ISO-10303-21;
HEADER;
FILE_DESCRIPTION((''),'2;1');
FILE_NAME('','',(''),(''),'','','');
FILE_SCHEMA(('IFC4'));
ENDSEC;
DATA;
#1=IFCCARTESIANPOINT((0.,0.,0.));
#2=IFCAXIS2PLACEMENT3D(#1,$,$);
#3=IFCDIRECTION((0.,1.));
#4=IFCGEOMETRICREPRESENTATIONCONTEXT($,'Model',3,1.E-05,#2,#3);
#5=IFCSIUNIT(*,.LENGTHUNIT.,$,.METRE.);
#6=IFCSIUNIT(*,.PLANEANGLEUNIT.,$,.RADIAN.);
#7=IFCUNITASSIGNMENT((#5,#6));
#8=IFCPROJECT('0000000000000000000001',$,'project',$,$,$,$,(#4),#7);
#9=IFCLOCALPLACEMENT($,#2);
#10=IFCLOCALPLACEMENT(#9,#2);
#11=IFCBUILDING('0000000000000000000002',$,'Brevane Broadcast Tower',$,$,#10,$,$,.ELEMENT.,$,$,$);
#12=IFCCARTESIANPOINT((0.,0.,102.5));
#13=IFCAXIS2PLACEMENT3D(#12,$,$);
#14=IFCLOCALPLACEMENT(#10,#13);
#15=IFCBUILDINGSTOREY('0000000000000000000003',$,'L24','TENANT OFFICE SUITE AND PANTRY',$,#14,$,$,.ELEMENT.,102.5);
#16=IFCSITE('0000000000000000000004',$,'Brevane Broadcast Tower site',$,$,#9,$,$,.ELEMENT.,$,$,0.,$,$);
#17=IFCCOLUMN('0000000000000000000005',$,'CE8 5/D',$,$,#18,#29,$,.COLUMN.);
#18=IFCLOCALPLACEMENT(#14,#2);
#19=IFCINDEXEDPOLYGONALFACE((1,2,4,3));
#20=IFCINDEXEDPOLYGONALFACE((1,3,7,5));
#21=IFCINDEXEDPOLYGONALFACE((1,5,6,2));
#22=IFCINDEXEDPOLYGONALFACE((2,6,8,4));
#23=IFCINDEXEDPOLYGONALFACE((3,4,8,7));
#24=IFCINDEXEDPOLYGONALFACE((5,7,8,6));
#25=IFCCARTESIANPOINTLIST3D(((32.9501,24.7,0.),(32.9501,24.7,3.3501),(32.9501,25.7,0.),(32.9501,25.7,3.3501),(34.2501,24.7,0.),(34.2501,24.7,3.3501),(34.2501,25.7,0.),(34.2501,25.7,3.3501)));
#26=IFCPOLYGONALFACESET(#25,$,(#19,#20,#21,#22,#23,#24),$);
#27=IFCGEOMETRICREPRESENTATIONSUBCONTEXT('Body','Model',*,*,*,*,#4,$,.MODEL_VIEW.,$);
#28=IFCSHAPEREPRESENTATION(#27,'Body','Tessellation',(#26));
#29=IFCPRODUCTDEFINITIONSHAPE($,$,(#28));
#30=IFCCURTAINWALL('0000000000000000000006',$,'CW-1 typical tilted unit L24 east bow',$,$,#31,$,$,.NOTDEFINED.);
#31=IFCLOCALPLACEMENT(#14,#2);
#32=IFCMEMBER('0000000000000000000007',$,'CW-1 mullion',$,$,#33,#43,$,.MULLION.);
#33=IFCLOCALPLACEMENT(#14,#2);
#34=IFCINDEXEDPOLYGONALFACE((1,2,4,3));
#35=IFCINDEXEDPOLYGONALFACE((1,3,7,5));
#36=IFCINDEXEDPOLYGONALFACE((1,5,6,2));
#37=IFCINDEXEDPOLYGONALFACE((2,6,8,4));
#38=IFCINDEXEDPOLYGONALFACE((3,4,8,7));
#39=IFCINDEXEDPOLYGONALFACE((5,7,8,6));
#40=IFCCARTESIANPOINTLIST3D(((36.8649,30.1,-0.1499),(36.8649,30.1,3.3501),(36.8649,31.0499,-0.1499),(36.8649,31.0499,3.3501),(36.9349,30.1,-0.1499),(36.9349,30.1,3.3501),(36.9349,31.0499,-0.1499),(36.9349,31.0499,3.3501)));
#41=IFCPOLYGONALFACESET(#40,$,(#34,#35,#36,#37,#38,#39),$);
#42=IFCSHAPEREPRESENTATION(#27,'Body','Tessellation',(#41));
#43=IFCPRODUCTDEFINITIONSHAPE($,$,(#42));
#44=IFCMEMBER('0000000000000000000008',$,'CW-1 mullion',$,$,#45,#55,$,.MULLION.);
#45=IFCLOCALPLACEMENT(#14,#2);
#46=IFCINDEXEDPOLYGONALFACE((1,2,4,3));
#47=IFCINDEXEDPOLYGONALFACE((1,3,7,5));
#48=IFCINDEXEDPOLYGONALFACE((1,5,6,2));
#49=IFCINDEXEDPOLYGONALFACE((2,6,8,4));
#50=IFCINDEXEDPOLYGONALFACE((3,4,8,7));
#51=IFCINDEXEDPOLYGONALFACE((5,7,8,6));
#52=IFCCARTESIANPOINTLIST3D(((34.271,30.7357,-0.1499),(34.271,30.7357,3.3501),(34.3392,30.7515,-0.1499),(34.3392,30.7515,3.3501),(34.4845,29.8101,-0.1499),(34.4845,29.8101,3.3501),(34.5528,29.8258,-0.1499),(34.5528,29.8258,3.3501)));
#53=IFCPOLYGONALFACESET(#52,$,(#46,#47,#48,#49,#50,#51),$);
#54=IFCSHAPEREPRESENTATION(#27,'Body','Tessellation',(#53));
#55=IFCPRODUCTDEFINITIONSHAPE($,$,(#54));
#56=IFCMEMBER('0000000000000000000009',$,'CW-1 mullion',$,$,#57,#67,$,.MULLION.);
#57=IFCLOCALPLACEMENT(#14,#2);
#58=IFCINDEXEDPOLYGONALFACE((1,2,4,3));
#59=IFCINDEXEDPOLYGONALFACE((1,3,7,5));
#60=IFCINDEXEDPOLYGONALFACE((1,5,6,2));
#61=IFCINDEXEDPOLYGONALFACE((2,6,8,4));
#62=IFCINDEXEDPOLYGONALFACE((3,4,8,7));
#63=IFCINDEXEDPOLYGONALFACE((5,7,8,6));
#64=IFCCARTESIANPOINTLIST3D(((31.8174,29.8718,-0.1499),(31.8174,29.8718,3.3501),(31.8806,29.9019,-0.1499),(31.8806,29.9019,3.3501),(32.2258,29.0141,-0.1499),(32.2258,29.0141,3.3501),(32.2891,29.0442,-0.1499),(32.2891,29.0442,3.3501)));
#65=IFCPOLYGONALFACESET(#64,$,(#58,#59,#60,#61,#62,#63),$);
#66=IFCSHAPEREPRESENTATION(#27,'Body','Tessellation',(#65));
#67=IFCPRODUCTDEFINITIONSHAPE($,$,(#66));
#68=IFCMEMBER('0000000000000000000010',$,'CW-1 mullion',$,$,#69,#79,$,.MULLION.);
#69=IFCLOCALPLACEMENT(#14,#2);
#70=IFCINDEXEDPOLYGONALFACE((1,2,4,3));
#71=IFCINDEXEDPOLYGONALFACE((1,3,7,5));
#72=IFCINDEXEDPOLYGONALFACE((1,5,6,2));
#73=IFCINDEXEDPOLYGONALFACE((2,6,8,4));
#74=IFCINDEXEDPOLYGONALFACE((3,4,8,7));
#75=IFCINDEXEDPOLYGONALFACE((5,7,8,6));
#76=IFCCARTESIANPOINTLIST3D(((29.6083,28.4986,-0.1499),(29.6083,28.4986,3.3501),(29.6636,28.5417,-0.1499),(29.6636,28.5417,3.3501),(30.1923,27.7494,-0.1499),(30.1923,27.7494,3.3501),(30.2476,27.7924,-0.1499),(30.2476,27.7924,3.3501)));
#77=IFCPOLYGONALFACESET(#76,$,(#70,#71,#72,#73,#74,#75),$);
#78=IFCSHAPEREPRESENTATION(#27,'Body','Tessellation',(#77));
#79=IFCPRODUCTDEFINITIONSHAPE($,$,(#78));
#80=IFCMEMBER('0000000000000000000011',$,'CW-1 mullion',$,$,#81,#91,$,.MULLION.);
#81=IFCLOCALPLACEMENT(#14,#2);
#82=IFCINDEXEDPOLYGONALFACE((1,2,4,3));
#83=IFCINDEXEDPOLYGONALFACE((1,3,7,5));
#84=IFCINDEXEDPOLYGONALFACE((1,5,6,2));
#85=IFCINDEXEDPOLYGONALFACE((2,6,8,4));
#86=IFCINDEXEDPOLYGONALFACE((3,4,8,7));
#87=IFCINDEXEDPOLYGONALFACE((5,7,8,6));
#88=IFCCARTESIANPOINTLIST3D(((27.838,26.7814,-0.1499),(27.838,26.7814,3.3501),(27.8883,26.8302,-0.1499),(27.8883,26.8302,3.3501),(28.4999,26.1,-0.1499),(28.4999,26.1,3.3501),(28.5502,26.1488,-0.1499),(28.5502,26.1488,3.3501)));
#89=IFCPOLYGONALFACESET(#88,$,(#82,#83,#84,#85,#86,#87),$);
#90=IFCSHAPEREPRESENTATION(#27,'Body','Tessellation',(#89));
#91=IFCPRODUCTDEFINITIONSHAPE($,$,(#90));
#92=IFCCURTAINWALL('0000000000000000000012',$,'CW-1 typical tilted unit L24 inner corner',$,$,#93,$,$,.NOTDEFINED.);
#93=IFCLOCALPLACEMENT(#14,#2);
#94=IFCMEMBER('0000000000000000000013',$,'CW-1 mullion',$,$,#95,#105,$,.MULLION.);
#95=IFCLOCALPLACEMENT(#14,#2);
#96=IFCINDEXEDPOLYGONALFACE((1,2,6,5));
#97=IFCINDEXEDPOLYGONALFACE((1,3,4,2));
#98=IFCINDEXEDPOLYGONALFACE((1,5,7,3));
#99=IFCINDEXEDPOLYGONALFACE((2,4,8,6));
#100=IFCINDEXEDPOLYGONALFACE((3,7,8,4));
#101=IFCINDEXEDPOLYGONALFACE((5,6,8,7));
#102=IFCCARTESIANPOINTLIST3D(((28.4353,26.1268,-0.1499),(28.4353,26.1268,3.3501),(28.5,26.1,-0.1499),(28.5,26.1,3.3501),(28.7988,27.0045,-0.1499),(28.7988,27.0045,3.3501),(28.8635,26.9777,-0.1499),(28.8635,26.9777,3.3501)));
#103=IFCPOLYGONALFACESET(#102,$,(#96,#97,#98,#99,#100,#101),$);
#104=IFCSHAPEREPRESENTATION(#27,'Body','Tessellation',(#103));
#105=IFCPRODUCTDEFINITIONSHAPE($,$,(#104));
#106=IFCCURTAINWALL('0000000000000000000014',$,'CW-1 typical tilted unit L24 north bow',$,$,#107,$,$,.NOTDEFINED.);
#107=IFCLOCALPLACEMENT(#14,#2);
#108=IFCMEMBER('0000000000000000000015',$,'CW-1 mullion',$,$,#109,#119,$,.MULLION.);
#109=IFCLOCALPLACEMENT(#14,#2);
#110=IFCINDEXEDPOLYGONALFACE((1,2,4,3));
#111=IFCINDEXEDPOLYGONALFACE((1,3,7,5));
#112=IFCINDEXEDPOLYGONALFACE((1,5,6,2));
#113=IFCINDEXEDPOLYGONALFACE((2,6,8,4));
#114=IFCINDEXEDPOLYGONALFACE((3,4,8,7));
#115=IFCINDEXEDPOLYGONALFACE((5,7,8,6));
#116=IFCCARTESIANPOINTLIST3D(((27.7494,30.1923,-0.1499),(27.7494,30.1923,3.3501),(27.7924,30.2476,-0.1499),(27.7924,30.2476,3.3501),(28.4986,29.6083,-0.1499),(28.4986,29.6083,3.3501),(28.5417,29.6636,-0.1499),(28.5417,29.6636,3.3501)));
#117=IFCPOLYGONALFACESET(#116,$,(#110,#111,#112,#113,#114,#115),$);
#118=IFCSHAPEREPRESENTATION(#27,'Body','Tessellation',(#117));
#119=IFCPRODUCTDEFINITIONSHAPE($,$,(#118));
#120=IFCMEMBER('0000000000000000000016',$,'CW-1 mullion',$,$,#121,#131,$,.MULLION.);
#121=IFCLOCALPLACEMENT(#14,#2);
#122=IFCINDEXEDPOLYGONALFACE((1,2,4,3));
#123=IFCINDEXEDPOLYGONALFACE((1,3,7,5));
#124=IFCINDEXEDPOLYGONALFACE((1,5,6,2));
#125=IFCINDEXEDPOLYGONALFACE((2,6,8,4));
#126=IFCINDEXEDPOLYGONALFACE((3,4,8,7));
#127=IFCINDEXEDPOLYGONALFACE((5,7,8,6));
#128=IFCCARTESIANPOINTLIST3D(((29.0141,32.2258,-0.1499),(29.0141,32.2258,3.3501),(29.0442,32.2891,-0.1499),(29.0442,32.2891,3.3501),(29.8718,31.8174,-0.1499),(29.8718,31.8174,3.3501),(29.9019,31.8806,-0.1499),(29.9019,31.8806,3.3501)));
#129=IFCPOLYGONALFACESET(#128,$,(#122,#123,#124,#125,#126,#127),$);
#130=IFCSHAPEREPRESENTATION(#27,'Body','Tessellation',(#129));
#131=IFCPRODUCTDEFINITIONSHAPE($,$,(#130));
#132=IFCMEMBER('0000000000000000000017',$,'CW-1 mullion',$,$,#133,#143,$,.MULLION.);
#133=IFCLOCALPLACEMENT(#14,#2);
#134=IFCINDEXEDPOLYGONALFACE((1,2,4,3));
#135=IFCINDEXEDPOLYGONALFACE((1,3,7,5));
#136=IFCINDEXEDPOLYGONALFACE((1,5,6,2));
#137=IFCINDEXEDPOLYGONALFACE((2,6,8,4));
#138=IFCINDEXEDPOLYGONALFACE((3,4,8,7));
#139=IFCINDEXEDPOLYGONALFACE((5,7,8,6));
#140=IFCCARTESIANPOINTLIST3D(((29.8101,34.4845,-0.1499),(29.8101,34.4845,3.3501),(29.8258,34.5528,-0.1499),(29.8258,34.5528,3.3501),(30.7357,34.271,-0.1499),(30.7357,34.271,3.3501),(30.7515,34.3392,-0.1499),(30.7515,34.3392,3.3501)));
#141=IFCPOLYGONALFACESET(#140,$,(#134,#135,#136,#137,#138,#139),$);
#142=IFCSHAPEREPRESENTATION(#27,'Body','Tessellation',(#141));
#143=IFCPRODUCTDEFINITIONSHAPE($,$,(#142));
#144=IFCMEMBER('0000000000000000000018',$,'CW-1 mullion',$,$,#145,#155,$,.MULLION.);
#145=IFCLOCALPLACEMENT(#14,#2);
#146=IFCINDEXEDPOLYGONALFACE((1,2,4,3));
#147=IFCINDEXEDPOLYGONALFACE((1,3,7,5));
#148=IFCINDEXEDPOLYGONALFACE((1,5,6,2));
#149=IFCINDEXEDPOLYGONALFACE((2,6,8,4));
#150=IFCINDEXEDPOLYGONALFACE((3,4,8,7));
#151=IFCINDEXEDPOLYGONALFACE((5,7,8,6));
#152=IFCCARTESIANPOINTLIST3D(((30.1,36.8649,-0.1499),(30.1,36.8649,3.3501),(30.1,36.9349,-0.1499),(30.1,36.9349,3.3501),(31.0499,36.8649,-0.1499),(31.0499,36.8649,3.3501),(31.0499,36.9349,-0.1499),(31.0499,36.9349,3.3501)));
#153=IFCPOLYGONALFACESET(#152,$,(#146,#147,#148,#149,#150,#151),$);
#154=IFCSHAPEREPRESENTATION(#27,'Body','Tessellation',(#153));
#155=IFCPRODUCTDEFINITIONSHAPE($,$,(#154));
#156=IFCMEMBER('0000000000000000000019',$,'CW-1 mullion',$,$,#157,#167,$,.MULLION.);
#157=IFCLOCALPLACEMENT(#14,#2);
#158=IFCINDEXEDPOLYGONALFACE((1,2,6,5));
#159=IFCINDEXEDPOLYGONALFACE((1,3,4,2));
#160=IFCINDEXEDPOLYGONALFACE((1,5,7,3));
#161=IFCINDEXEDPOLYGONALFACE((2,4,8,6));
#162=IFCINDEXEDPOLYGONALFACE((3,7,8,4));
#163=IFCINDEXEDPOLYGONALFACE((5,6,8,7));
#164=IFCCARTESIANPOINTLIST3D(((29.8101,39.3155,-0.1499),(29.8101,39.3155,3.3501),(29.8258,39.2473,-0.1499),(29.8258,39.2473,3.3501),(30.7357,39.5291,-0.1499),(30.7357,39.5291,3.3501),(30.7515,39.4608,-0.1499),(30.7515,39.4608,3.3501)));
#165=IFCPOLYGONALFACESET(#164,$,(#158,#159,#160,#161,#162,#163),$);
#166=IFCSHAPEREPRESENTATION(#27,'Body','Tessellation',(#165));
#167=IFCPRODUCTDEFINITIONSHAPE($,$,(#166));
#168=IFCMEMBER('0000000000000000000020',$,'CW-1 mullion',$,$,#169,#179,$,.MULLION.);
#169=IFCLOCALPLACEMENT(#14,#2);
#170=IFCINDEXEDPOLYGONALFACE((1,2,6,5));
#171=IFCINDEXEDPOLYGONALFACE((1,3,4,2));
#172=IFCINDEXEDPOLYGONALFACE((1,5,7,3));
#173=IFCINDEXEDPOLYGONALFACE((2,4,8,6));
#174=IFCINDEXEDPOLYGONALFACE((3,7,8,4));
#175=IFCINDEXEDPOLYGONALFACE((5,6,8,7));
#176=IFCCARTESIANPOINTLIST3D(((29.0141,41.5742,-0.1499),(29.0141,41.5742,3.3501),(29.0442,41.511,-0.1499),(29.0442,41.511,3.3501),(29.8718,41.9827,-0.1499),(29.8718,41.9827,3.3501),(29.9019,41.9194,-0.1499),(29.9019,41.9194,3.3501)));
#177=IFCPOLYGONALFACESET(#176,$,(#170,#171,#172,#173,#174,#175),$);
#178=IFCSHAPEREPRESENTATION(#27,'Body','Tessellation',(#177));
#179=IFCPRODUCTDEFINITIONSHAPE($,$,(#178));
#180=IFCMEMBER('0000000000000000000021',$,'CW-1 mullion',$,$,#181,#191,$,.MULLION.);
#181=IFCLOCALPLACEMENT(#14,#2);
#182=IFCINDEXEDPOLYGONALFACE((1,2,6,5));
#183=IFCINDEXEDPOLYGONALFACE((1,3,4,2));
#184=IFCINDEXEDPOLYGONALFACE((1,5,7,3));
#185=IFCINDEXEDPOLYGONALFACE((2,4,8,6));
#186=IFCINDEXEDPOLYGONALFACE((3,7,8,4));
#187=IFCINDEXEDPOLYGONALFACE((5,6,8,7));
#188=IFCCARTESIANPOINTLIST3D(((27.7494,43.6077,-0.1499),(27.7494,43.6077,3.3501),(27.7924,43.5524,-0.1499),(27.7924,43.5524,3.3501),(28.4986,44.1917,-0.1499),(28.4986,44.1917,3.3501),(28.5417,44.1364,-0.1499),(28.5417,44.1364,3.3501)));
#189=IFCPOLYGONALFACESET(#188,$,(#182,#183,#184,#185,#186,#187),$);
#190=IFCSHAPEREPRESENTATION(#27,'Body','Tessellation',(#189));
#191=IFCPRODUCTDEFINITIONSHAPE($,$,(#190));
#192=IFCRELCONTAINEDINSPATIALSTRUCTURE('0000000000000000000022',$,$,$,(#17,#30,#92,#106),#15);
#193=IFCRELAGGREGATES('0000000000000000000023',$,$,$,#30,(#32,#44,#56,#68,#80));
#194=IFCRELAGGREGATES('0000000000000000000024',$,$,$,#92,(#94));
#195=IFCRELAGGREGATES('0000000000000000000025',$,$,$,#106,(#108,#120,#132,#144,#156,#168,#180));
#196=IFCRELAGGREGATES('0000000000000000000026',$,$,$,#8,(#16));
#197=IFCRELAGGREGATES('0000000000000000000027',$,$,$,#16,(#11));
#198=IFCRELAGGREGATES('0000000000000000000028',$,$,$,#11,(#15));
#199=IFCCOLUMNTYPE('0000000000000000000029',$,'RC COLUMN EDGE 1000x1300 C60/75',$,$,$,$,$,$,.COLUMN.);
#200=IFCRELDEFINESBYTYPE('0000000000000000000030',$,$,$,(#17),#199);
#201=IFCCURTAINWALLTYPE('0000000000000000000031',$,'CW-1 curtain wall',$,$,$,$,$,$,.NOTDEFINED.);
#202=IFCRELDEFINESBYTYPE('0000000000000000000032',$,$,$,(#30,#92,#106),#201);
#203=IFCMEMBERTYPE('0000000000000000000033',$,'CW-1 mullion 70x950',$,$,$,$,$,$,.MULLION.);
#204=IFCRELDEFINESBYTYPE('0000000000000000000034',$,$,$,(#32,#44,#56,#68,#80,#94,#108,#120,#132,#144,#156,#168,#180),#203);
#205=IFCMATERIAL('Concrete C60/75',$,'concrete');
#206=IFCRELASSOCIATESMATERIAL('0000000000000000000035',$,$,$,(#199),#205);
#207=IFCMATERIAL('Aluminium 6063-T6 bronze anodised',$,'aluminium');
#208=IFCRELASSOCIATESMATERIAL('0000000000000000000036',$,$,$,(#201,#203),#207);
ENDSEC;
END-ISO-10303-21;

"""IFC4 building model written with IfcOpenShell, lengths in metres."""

from ifc_helpers import new_model, si_unit, direction, frame, origin, origin_2d, place, context, subcontext, project, spatial, rectangle, extrude, material, material_profile, profile_set, type_object, element, aggregate, save


model = new_model("IFC4")

# Units and contexts
model_context = context("Model", 3, precision=1e-05, world=origin(), true_north=direction((0.0, 1.0)))
body_context = subcontext(model_context, "Body", "Model", "MODEL_VIEW")
ifc_project = project(units=[si_unit("LENGTHUNIT", "METRE"), si_unit("PLANEANGLEUNIT", "RADIAN")], contexts=[model_context])

# Site, building, storey
site_placement = place(None, origin())
site = spatial("IfcSite", under=ifc_project, at=site_placement, Name="Brevane Broadcast Tower site", CompositionType="ELEMENT", RefElevation=0.0)
building_placement = place(site_placement, origin())
building = spatial("IfcBuilding", under=site, at=building_placement, Name="Brevane Broadcast Tower", CompositionType="ELEMENT")
storey_placement = place(building_placement, frame((0.0, 0.0, 102.5)))
storey = spatial("IfcBuildingStorey", under=building, at=storey_placement, Name="L24", Description="TENANT OFFICE SUITE AND PANTRY", CompositionType="ELEMENT", Elevation=102.5)

# Column
ifc_material_1 = material(Name="Concrete C60/75", Category="concrete")
ifc_material_profile_1 = material_profile(ifc_material_1, rectangle(XDim=1.0, YDim=1.3, at=origin_2d()), Name="RC 1000x1300")
ifc_profile_set_1 = profile_set([ifc_material_profile_1], Name="Concrete C60/75")
column_type = type_object("IfcColumnType", Name="RC COLUMN EDGE 1000x1300 C60/75", PredefinedType="COLUMN", material=ifc_profile_set_1)
column_placement = place(storey_placement, frame((33.6001, 25.2, 0.0), z_axis=(0.0, 0.0, 1.0), x_axis=(0.0, 1.0, 0.0)))
element("IfcColumn", 1, at=column_placement, inside=storey, type_object=column_type, Name="CE8 5/D", PredefinedType="COLUMN", context=body_context, shape_type="SweptSolid", body=[
    extrude(rectangle(XDim=1.0, YDim=1.3, at=origin_2d()), origin(), (0.0, 0.0, 1.0), 3.3501),
])

# Curtain wall, members
ifc_material_2 = material(Name="Aluminium 6063-T6 bronze anodised", Category="aluminium")
curtain_wall_type = type_object("IfcCurtainWallType", Name="CW-1 curtain wall", PredefinedType="NOTDEFINED", material=ifc_material_2)
curtain_wall_1_placement = place(storey_placement, origin())
curtain_wall_1 = element("IfcCurtainWall", 2, at=curtain_wall_1_placement, inside=storey, type_object=curtain_wall_type, Name="CW-1 typical tilted unit L24 east bow", PredefinedType="NOTDEFINED")
ifc_material_profile_2 = material_profile(ifc_material_2, rectangle(XDim=0.95, YDim=0.0701, at=origin_2d()), Name="RECT 70x950")
ifc_profile_set_2 = profile_set([ifc_material_profile_2], Name="Aluminium 6063-T6 bronze anodised")
member_type_1 = type_object("IfcMemberType", Name="CW-1 mullion 70x950", PredefinedType="MULLION", material=ifc_profile_set_2)
member_1_placement = place(storey_placement, frame((36.8999, 30.575, -0.1499), z_axis=(0.0, 0.0, 1.0), x_axis=(0.0, -1.0, 0.0)))
member_1 = element("IfcMember", 3, at=member_1_placement, type_object=member_type_1, Name="CW-1 mullion", PredefinedType="MULLION", context=body_context, shape_type="SweptSolid", body=[
    extrude(rectangle(XDim=0.95, YDim=0.0701, at=origin_2d()), origin(), (0.0, 0.0, 1.0), 3.5),
])
member_2_placement = place(storey_placement, frame((34.4119, 30.2808, -0.1499), z_axis=(0.0, 0.0, 1.0), x_axis=(0.224806, -0.974403, 0.0)))
member_2 = element("IfcMember", 4, at=member_2_placement, type_object=member_type_1, Name="CW-1 mullion", PredefinedType="MULLION", context=body_context, shape_type="SweptSolid", body=[
    extrude(rectangle(XDim=0.95, YDim=0.0701, at=origin_2d()), origin(), (0.0, 0.0, 1.0), 3.5),
])
member_3_placement = place(storey_placement, frame((32.0532, 29.458, -0.1499), z_axis=(0.0, 0.0, 1.0), x_axis=(0.429934, -0.902861, 0.0)))
member_3 = element("IfcMember", 5, at=member_3_placement, type_object=member_type_1, Name="CW-1 mullion", PredefinedType="MULLION", context=body_context, shape_type="SweptSolid", body=[
    extrude(rectangle(XDim=0.95, YDim=0.0701, at=origin_2d()), origin(), (0.0, 0.0, 1.0), 3.5),
])
member_4_placement = place(storey_placement, frame((29.928, 28.1455, -0.1499), z_axis=(0.0, 0.0, 1.0), x_axis=(0.61477, -0.788707, 0.0)))
member_4 = element("IfcMember", 6, at=member_4_placement, type_object=member_type_1, Name="CW-1 mullion", PredefinedType="MULLION", context=body_context, shape_type="SweptSolid", body=[
    extrude(rectangle(XDim=0.95, YDim=0.0701, at=origin_2d()), origin(), (0.0, 0.0, 1.0), 3.5),
])
member_5_placement = place(storey_placement, frame((28.1941, 26.4651, -0.1499), z_axis=(0.0, 0.0, 1.0), x_axis=(0.696812, -0.717254, 0.0)))
member_5 = element("IfcMember", 7, at=member_5_placement, type_object=member_type_1, Name="CW-1 mullion", PredefinedType="MULLION", context=body_context, shape_type="SweptSolid", body=[
    extrude(rectangle(XDim=0.95, YDim=0.0701, at=origin_2d()), origin(), (0.0, 0.0, 1.0), 3.5),
])

# Curtain wall, member
curtain_wall_2_placement = place(storey_placement, origin())
curtain_wall_2 = element("IfcCurtainWall", 8, at=curtain_wall_2_placement, inside=storey, type_object=curtain_wall_type, Name="CW-1 typical tilted unit L24 inner corner", PredefinedType="NOTDEFINED")
member_6_placement = place(storey_placement, frame((28.6494, 26.5522, -0.1499), z_axis=(0.0, 0.0, 1.0), x_axis=(-0.382684, -0.923879, 0.0)))
member_6 = element("IfcMember", 9, at=member_6_placement, type_object=member_type_1, Name="CW-1 mullion", PredefinedType="MULLION", context=body_context, shape_type="SweptSolid", body=[
    extrude(rectangle(XDim=0.95, YDim=0.0701, at=origin_2d()), origin(), (0.0, 0.0, 1.0), 3.5),
])

# Curtain wall, members
curtain_wall_3_placement = place(storey_placement, origin())
curtain_wall_3 = element("IfcCurtainWall", 10, at=curtain_wall_3_placement, inside=storey, type_object=curtain_wall_type, Name="CW-1 typical tilted unit L24 north bow", PredefinedType="NOTDEFINED")
member_7_placement = place(storey_placement, frame((28.1455, 29.928, -0.1499), z_axis=(0.0, 0.0, 1.0), x_axis=(-0.788707, 0.61477, 0.0)))
member_7 = element("IfcMember", 11, at=member_7_placement, type_object=member_type_1, Name="CW-1 mullion", PredefinedType="MULLION", context=body_context, shape_type="SweptSolid", body=[
    extrude(rectangle(XDim=0.95, YDim=0.0701, at=origin_2d()), origin(), (0.0, 0.0, 1.0), 3.5),
])
member_8_placement = place(storey_placement, frame((29.458, 32.0532, -0.1499), z_axis=(0.0, 0.0, 1.0), x_axis=(-0.902861, 0.429934, 0.0)))
member_8 = element("IfcMember", 12, at=member_8_placement, type_object=member_type_1, Name="CW-1 mullion", PredefinedType="MULLION", context=body_context, shape_type="SweptSolid", body=[
    extrude(rectangle(XDim=0.95, YDim=0.0701, at=origin_2d()), origin(), (0.0, 0.0, 1.0), 3.5),
])
member_9_placement = place(storey_placement, frame((30.2808, 34.4119, -0.1499), z_axis=(0.0, 0.0, 1.0), x_axis=(-0.974403, 0.224806, 0.0)))
member_9 = element("IfcMember", 13, at=member_9_placement, type_object=member_type_1, Name="CW-1 mullion", PredefinedType="MULLION", context=body_context, shape_type="SweptSolid", body=[
    extrude(rectangle(XDim=0.95, YDim=0.0701, at=origin_2d()), origin(), (0.0, 0.0, 1.0), 3.5),
])
member_10_placement = place(storey_placement, frame((30.575, 36.8999, -0.1499), z_axis=(0.0, 0.0, 1.0), x_axis=(-1.0, 0.0, 0.0)))
member_10 = element("IfcMember", 14, at=member_10_placement, type_object=member_type_1, Name="CW-1 mullion", PredefinedType="MULLION", context=body_context, shape_type="SweptSolid", body=[
    extrude(rectangle(XDim=0.95, YDim=0.0701, at=origin_2d()), origin(), (0.0, 0.0, 1.0), 3.5),
])
member_11_placement = place(storey_placement, frame((30.2808, 39.3882, -0.1499), z_axis=(0.0, 0.0, 1.0), x_axis=(-0.974403, -0.224806, 0.0)))
member_11 = element("IfcMember", 15, at=member_11_placement, type_object=member_type_1, Name="CW-1 mullion", PredefinedType="MULLION", context=body_context, shape_type="SweptSolid", body=[
    extrude(rectangle(XDim=0.95, YDim=0.0701, at=origin_2d()), origin(), (0.0, 0.0, 1.0), 3.5),
])
member_12_placement = place(storey_placement, frame((29.458, 41.7468, -0.1499), z_axis=(0.0, 0.0, 1.0), x_axis=(-0.902861, -0.429934, 0.0)))
member_12 = element("IfcMember", 16, at=member_12_placement, type_object=member_type_1, Name="CW-1 mullion", PredefinedType="MULLION", context=body_context, shape_type="SweptSolid", body=[
    extrude(rectangle(XDim=0.95, YDim=0.0701, at=origin_2d()), origin(), (0.0, 0.0, 1.0), 3.5),
])
member_13_placement = place(storey_placement, frame((28.1455, 43.8721, -0.1499), z_axis=(0.0, 0.0, 1.0), x_axis=(-0.788707, -0.61477, 0.0)))
member_13 = element("IfcMember", 17, at=member_13_placement, type_object=member_type_1, Name="CW-1 mullion", PredefinedType="MULLION", context=body_context, shape_type="SweptSolid", body=[
    extrude(rectangle(XDim=0.95, YDim=0.0701, at=origin_2d()), origin(), (0.0, 0.0, 1.0), 3.5),
])

aggregate(curtain_wall_1, [member_1, member_2, member_3, member_4, member_5])
aggregate(curtain_wall_2, [member_6])
aggregate(curtain_wall_3, [member_7, member_8, member_9, member_10, member_11, member_12, member_13])

save(model, "model.ifc")
